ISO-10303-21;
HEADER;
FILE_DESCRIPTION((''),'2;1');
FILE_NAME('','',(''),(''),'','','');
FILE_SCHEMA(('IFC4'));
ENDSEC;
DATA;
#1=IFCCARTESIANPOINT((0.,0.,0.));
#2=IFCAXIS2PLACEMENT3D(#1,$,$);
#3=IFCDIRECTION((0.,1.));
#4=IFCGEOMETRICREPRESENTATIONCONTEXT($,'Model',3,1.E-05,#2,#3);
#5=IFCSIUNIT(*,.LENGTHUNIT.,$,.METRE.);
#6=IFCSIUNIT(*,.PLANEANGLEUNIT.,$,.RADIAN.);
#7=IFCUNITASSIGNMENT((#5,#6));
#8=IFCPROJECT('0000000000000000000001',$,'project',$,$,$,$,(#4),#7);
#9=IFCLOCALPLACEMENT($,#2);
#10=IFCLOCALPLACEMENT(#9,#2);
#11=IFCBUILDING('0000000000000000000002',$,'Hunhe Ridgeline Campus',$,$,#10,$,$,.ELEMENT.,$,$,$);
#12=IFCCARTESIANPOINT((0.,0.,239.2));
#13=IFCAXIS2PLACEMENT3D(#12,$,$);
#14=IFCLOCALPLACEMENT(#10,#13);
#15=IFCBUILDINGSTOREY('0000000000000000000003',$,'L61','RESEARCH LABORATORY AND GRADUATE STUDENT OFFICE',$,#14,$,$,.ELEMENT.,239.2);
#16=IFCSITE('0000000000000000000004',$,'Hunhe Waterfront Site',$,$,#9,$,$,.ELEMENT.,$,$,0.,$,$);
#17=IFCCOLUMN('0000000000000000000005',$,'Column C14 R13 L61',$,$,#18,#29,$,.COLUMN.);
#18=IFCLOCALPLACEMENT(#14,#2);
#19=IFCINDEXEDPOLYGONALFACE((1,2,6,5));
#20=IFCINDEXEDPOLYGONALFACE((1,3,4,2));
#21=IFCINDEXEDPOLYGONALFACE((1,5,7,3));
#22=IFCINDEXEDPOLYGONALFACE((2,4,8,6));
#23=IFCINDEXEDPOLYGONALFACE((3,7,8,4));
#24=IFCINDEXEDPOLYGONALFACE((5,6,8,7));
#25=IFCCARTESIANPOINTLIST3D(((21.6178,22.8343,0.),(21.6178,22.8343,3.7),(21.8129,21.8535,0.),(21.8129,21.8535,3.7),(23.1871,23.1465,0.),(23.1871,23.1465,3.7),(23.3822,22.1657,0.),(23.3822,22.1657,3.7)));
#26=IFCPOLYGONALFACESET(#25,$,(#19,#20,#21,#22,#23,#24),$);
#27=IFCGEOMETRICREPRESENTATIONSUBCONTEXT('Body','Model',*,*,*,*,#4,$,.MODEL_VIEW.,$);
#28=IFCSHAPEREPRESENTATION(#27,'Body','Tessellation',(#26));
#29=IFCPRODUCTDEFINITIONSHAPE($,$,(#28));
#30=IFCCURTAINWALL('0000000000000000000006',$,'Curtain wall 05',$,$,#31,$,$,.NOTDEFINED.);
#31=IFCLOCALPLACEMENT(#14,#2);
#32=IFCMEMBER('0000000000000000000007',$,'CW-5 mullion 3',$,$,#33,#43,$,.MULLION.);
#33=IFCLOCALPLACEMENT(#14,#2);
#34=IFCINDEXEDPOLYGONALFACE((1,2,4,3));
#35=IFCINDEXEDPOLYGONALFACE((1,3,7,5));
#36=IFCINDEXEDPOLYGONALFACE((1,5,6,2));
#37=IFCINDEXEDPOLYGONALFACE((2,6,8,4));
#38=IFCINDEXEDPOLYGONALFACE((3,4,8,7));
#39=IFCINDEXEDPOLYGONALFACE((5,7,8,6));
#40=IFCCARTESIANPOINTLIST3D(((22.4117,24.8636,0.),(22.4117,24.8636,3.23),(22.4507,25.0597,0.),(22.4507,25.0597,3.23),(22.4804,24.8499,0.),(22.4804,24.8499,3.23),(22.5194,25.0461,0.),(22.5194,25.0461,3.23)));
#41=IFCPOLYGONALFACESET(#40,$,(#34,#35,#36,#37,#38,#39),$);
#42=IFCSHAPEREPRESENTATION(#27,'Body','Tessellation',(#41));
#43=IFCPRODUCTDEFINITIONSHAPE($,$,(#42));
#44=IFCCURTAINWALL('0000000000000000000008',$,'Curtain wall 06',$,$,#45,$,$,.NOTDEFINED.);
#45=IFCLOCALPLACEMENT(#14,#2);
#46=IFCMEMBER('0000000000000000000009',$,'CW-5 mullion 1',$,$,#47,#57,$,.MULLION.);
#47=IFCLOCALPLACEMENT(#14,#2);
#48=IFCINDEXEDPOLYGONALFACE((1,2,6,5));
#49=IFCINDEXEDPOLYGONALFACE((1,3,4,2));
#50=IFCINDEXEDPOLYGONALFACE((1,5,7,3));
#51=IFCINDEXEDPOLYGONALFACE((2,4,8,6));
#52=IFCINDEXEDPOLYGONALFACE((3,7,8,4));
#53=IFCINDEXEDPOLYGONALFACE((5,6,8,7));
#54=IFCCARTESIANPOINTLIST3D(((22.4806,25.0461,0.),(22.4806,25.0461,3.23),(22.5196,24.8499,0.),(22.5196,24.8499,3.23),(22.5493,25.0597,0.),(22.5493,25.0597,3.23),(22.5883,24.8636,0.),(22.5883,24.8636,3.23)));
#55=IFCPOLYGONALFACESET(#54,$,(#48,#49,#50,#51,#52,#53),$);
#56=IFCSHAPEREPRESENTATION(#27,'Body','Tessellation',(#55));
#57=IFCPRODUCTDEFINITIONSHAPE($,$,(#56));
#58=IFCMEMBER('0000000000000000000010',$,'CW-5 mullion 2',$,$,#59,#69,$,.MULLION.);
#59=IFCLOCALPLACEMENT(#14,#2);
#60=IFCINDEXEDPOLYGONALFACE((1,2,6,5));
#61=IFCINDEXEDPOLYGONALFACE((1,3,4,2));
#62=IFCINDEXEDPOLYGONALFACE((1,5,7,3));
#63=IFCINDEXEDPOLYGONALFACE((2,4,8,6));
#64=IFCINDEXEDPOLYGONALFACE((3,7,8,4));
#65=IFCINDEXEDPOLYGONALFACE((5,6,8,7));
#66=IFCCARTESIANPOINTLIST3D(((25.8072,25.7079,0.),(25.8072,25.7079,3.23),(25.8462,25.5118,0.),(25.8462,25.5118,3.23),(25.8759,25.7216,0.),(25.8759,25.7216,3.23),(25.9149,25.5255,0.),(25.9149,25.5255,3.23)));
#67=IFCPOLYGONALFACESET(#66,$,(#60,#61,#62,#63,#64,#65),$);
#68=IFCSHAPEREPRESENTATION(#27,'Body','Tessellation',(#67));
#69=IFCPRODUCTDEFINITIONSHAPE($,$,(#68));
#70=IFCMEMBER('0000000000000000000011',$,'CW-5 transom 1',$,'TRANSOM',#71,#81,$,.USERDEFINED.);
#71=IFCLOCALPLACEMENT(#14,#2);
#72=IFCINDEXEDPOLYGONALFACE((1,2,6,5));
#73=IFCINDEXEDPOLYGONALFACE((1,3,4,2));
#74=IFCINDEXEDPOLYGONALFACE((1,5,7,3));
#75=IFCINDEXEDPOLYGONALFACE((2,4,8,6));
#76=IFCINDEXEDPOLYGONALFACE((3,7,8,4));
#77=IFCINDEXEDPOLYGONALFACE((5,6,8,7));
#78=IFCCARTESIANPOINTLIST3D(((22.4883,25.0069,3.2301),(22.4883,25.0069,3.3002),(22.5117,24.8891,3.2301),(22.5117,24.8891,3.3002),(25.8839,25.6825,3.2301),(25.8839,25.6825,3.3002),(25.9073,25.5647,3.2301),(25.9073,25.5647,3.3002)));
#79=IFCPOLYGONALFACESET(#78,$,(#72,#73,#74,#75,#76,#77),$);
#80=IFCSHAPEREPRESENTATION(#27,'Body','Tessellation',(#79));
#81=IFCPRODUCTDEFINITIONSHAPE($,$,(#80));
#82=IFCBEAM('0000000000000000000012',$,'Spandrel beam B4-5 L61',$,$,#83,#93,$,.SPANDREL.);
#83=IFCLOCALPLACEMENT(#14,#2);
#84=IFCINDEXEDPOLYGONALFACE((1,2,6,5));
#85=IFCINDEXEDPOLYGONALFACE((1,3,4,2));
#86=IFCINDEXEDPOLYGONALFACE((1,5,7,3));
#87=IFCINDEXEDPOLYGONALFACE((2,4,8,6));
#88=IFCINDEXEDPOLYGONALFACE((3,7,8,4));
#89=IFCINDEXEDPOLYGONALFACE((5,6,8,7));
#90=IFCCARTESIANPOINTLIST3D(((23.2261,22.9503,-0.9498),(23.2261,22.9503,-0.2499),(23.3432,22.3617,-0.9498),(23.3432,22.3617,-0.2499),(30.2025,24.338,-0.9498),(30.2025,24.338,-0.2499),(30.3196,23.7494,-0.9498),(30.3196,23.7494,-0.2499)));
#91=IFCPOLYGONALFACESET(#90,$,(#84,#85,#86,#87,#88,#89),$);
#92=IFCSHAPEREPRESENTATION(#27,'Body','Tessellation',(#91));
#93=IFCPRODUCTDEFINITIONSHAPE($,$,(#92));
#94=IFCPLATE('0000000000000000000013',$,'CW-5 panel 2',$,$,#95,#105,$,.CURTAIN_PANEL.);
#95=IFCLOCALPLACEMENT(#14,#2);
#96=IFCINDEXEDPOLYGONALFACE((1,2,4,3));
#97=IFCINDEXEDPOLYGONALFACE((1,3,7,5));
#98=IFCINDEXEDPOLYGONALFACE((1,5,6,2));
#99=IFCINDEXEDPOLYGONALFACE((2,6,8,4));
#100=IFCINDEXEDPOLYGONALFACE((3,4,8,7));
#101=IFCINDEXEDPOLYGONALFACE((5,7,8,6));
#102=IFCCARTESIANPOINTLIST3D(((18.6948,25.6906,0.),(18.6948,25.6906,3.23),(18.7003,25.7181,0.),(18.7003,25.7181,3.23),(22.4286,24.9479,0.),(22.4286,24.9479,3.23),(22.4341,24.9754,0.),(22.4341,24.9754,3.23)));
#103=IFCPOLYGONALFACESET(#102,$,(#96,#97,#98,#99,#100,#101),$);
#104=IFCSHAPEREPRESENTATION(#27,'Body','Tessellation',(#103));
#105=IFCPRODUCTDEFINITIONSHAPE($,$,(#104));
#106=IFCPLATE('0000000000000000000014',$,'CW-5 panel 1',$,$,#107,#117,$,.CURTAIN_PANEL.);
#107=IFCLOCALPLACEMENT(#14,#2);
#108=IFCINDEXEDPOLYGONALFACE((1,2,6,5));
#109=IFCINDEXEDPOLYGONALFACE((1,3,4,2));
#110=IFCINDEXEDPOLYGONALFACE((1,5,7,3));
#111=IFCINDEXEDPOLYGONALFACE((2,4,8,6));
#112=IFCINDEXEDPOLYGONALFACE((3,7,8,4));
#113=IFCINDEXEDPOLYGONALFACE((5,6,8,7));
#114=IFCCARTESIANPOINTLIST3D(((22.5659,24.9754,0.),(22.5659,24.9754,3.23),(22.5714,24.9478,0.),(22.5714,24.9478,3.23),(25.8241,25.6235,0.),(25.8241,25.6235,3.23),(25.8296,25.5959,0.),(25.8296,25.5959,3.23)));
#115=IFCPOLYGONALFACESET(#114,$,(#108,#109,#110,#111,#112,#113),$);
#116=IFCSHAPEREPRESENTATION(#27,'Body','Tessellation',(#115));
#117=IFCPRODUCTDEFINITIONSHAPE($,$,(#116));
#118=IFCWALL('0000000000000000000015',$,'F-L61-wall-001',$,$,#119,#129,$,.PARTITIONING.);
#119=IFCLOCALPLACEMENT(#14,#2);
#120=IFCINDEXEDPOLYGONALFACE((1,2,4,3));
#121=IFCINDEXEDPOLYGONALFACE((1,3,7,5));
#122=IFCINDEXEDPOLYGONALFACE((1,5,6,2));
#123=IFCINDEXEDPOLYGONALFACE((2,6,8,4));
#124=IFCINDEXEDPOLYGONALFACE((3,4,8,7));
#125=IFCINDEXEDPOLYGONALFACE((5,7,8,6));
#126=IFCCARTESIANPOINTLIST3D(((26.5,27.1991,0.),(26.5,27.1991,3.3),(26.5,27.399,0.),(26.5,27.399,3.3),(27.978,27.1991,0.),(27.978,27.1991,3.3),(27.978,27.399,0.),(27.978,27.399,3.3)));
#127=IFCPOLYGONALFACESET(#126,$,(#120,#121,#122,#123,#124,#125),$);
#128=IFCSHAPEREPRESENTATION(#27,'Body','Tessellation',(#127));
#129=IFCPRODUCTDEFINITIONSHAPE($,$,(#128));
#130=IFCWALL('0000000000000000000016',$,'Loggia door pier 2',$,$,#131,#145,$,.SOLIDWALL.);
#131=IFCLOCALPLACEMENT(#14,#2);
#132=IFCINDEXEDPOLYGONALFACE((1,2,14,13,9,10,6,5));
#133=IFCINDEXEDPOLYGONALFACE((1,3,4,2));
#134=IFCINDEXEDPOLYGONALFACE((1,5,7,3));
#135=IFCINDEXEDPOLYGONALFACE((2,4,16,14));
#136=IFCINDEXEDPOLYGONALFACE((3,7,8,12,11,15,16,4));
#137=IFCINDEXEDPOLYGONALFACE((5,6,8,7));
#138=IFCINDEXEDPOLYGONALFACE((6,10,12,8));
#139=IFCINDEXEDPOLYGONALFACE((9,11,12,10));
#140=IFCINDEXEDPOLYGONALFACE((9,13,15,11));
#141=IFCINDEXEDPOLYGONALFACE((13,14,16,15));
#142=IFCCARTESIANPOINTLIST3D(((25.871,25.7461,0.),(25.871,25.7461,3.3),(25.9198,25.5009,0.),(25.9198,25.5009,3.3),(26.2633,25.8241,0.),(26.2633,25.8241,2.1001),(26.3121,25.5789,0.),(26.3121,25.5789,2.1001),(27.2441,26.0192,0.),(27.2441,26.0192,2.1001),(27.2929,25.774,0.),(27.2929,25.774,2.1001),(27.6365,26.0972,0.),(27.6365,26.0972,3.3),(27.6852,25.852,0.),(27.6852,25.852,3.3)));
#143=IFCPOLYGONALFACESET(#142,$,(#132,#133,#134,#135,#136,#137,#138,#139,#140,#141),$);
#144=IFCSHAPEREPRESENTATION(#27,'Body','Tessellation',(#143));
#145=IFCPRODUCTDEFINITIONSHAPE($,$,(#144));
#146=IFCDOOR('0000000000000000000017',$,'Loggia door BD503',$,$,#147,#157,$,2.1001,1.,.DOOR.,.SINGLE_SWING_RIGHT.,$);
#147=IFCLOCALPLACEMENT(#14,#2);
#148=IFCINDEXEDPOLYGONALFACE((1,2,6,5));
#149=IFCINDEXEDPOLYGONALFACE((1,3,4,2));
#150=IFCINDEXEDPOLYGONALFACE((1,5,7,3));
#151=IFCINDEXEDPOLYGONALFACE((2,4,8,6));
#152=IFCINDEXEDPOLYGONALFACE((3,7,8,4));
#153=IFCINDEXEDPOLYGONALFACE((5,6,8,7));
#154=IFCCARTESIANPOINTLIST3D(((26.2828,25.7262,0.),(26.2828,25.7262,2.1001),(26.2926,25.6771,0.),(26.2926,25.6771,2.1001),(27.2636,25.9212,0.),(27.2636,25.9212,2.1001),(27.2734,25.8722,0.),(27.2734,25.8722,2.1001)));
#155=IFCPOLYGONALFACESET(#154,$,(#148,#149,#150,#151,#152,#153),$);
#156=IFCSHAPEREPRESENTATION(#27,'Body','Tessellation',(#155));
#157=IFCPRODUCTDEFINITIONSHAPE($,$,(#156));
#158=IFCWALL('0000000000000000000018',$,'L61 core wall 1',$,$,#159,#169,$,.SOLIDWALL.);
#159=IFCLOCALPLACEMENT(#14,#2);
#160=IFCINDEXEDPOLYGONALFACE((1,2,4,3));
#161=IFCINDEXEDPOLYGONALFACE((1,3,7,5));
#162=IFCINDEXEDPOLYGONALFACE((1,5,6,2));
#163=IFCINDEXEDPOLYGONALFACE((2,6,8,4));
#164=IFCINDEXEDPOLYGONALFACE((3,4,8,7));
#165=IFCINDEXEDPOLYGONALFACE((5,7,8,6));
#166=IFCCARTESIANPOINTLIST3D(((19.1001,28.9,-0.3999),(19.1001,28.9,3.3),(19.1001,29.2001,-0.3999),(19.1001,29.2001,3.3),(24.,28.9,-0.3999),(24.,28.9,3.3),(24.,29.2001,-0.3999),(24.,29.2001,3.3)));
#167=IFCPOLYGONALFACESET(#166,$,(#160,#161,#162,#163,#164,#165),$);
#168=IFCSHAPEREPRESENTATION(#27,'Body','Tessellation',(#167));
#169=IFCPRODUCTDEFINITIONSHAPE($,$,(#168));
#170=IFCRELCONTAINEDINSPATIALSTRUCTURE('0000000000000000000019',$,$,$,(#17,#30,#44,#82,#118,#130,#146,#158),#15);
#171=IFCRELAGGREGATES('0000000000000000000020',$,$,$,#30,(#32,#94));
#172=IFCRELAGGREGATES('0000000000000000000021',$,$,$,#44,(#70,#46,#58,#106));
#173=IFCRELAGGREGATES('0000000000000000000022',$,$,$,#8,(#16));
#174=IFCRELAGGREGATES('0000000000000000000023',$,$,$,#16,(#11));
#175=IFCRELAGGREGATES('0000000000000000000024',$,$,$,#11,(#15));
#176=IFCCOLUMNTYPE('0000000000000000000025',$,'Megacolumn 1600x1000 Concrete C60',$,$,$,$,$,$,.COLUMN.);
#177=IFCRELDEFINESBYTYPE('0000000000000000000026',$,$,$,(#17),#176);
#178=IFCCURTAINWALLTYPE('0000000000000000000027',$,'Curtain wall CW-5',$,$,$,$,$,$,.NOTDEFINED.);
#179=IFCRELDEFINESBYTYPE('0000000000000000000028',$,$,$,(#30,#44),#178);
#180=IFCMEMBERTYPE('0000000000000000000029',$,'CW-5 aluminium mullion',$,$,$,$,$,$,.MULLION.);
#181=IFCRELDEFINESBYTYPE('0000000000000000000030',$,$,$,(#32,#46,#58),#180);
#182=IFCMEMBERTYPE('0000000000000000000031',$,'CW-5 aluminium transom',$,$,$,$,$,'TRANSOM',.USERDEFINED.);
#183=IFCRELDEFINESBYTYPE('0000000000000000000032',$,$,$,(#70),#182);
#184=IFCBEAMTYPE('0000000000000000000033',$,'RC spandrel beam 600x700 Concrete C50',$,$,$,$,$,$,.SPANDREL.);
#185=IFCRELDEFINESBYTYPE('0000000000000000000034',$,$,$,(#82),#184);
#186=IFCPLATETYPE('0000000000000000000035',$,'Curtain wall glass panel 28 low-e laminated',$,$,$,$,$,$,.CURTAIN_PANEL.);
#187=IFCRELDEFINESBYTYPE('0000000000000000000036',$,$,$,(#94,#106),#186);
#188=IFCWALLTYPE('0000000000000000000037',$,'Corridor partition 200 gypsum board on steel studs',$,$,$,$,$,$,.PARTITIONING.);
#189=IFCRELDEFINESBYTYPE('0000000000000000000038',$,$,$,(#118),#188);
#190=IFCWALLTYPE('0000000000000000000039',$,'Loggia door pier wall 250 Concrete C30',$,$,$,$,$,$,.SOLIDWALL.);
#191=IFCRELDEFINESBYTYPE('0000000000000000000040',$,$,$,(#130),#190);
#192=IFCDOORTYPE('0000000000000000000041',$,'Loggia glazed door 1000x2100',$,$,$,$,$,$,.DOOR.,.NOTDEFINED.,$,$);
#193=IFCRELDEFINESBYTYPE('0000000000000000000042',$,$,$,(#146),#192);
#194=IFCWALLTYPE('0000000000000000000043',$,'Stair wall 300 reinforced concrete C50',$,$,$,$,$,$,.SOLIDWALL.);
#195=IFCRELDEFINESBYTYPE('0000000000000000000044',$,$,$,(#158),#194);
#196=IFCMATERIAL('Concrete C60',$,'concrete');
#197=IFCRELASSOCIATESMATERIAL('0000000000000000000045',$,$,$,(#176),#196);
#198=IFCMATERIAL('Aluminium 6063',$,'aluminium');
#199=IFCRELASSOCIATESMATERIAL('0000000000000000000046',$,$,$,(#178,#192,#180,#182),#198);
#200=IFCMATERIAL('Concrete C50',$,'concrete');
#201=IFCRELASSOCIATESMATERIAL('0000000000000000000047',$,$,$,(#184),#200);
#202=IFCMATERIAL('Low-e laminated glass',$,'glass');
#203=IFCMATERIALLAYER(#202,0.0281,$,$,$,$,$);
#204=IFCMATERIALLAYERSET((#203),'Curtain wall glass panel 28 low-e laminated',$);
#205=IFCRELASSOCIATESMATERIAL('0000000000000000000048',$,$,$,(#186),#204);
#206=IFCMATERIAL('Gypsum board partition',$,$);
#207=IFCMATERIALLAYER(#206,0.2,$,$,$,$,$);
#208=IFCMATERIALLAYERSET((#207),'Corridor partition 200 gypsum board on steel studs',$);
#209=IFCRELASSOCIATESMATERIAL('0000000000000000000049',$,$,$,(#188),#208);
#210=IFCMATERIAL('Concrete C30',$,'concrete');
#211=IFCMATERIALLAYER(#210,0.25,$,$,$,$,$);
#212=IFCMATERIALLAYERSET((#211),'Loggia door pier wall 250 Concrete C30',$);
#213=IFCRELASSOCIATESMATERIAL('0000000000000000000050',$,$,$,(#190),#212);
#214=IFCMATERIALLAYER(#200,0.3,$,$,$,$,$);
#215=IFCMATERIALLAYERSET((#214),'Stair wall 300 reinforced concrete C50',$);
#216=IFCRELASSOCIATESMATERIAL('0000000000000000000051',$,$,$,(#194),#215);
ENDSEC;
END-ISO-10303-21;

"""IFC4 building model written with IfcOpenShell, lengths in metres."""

from ifc_helpers import new_model, si_unit, direction, frame, frame_2d, origin, origin_2d, place, context, subcontext, project, spatial, rectangle, extrude, material, layer, layer_set, material_profile, profile_set, type_object, element, fill, aggregate, save


model = new_model("IFC4")

# Units and contexts
model_context = context("Model", 3, precision=1e-05, world=origin(), true_north=direction((0.0, 1.0)))
body_context = subcontext(model_context, "Body", "Model", "MODEL_VIEW")
ifc_project = project(units=[si_unit("LENGTHUNIT", "METRE"), si_unit("PLANEANGLEUNIT", "RADIAN")], contexts=[model_context])

# Site, building, storey
site_placement = place(None, origin())
site = spatial("IfcSite", under=ifc_project, at=site_placement, Name="Hunhe Waterfront Site", CompositionType="ELEMENT", RefElevation=0.0)
building_placement = place(site_placement, origin())
building = spatial("IfcBuilding", under=site, at=building_placement, Name="Hunhe Ridgeline Campus", CompositionType="ELEMENT")
storey_placement = place(building_placement, frame((0.0, 0.0, 239.2)))
storey = spatial("IfcBuildingStorey", under=building, at=storey_placement, Name="L61", Description="RESEARCH LABORATORY AND GRADUATE STUDENT OFFICE", CompositionType="ELEMENT", Elevation=239.2)

# Column
ifc_material_1 = material(Name="Concrete C60", Category="concrete")
ifc_material_profile_1 = material_profile(ifc_material_1, rectangle(XDim=1.6001, YDim=1.0, at=origin_2d()))
ifc_profile_set_1 = profile_set([ifc_material_profile_1], Name="Concrete C60")
column_type = type_object("IfcColumnType", Name="Megacolumn 1600x1000 Concrete C60", PredefinedType="COLUMN", material=ifc_profile_set_1)
column_placement = place(storey_placement, frame((22.5, 22.5, 0.0), z_axis=(0.0, 0.0, 1.0), x_axis=(0.980785, 0.19509, 0.0)))
element("IfcColumn", 1, at=column_placement, inside=storey, type_object=column_type, Name="Column C14 R13 L61", PredefinedType="COLUMN", context=body_context, shape_type="SweptSolid", body=[
    extrude(rectangle(XDim=1.6001, YDim=1.0, at=origin_2d()), origin(), (0.0, 0.0, 1.0), 3.7),
])

# Curtain wall, member
ifc_material_2 = material(Name="Aluminium 6063", Category="aluminium")
curtain_wall_type = type_object("IfcCurtainWallType", Name="Curtain wall CW-5", PredefinedType="NOTDEFINED", material=ifc_material_2)
curtain_wall_1_placement = place(storey_placement, origin())
curtain_wall_1 = element("IfcCurtainWall", 2, at=curtain_wall_1_placement, inside=storey, type_object=curtain_wall_type, Name="Curtain wall 05", PredefinedType="NOTDEFINED")
ifc_material_profile_2 = material_profile(ifc_material_2, rectangle(XDim=0.2, YDim=0.0701, at=origin_2d()))
ifc_profile_set_2 = profile_set([ifc_material_profile_2], Name="Aluminium 6063")
member_type_1 = type_object("IfcMemberType", Name="CW-5 aluminium mullion", PredefinedType="MULLION", material=ifc_profile_set_2)
member_1_placement = place(storey_placement, frame((22.4656, 24.9548, 0.0), z_axis=(0.0, 0.0, 1.0), x_axis=(0.19509, 0.980785, 0.0)))
member_1 = element("IfcMember", 3, at=member_1_placement, type_object=member_type_1, Name="CW-5 mullion 3", PredefinedType="MULLION", context=body_context, shape_type="SweptSolid", body=[
    extrude(rectangle(XDim=0.2, YDim=0.0701, at=origin_2d()), origin(), (0.0, 0.0, 1.0), 3.23),
])

# Curtain wall, members
curtain_wall_2_placement = place(storey_placement, origin())
curtain_wall_2 = element("IfcCurtainWall", 4, at=curtain_wall_2_placement, inside=storey, type_object=curtain_wall_type, Name="Curtain wall 06", PredefinedType="NOTDEFINED")
member_2_placement = place(storey_placement, frame((22.5344, 24.9548, 0.0), z_axis=(0.0, 0.0, 1.0), x_axis=(-0.19509, 0.980785, 0.0)))
member_2 = element("IfcMember", 5, at=member_2_placement, type_object=member_type_1, Name="CW-5 mullion 1", PredefinedType="MULLION", context=body_context, shape_type="SweptSolid", body=[
    extrude(rectangle(XDim=0.2, YDim=0.0701, at=origin_2d()), origin(), (0.0, 0.0, 1.0), 3.23),
])
member_3_placement = place(storey_placement, frame((25.8611, 25.6167, 0.0), z_axis=(0.0, 0.0, 1.0), x_axis=(-0.19509, 0.980785, 0.0)))
member_3 = element("IfcMember", 6, at=member_3_placement, type_object=member_type_1, Name="CW-5 mullion 2", PredefinedType="MULLION", context=body_context, shape_type="SweptSolid", body=[
    extrude(rectangle(XDim=0.2, YDim=0.0701, at=origin_2d()), origin(), (0.0, 0.0, 1.0), 3.23),
])
ifc_material_profile_3 = material_profile(ifc_material_2, rectangle(XDim=0.1201, YDim=0.0701, at=origin_2d()))
ifc_profile_set_3 = profile_set([ifc_material_profile_3], Name="Aluminium 6063")
member_type_2 = type_object("IfcMemberType", Name="CW-5 aluminium transom", ElementType="TRANSOM", PredefinedType="USERDEFINED", material=ifc_profile_set_3)
member_4_placement = place(storey_placement, frame((22.5, 24.948, 3.2651), z_axis=(0.980778, 0.195126, 0.0), x_axis=(-0.195126, 0.980778, 0.0)))
member_4 = element("IfcMember", 7, at=member_4_placement, type_object=member_type_2, Name="CW-5 transom 1", ObjectType="TRANSOM", PredefinedType="USERDEFINED", context=body_context, shape_type="SweptSolid", body=[
    extrude(rectangle(XDim=0.1201, YDim=0.0701, at=origin_2d()), origin(), (0.0, 0.0, 1.0), 3.4622),
])

# Beam
ifc_material_3 = material(Name="Concrete C50", Category="concrete")
ifc_material_profile_4 = material_profile(ifc_material_3, rectangle(XDim=0.6001, YDim=0.7, at=origin_2d()))
ifc_profile_set_4 = profile_set([ifc_material_profile_4], Name="Concrete C50")
beam_type = type_object("IfcBeamType", Name="RC spandrel beam 600x700 Concrete C50", PredefinedType="SPANDREL", material=ifc_profile_set_4)
beam_placement = place(storey_placement, frame((23.2847, 22.656, -0.5999), z_axis=(0.980785, 0.195093, 0.0), x_axis=(-0.195093, 0.980785, 0.0)))
element("IfcBeam", 8, at=beam_placement, inside=storey, type_object=beam_type, Name="Spandrel beam B4-5 L61", PredefinedType="SPANDREL", context=body_context, shape_type="SweptSolid", body=[
    extrude(rectangle(XDim=0.6001, YDim=0.7, at=origin_2d()), origin(), (0.0, 0.0, 1.0), 7.113),
])

# Plates
ifc_material_4 = material(Name="Low-e laminated glass", Category="glass")
ifc_layer_1 = layer(ifc_material_4, 0.0281)
ifc_layer_set_1 = layer_set([ifc_layer_1], Name="Curtain wall glass panel 28 low-e laminated")
plate_type = type_object("IfcPlateType", Name="Curtain wall glass panel 28 low-e laminated", PredefinedType="CURTAIN_PANEL", material=ifc_layer_set_1)
plate_1_placement = place(storey_placement, frame((20.5645, 25.333, 0.0), z_axis=(0.0, 0.0, 1.0), x_axis=(0.980785, -0.19509, 0.0)))
plate_1 = element("IfcPlate", 9, at=plate_1_placement, type_object=plate_type, Name="CW-5 panel 2", PredefinedType="CURTAIN_PANEL", context=body_context, shape_type="SweptSolid", body=[
    extrude(rectangle(XDim=3.8069, YDim=0.0281, at=origin_2d()), origin(), (0.0, 0.0, 1.0), 3.23),
])
aggregate(curtain_wall_1, [member_1, plate_1])
plate_2_placement = place(storey_placement, frame((24.1978, 25.2856, 0.0), z_axis=(0.0, 0.0, 1.0), x_axis=(0.980785, 0.19509, 0.0)))
plate_2 = element("IfcPlate", 10, at=plate_2_placement, type_object=plate_type, Name="CW-5 panel 1", PredefinedType="CURTAIN_PANEL", context=body_context, shape_type="SweptSolid", body=[
    extrude(rectangle(XDim=3.322, YDim=0.0281, at=origin_2d()), origin(), (0.0, 0.0, 1.0), 3.23),
])
aggregate(curtain_wall_2, [member_4, member_2, member_3, plate_2])

# Wall
ifc_material_5 = material(Name="Gypsum board partition")
ifc_layer_2 = layer(ifc_material_5, 0.2)
ifc_layer_set_2 = layer_set([ifc_layer_2], Name="Corridor partition 200 gypsum board on steel studs")
wall_type_1 = type_object("IfcWallType", Name="Corridor partition 200 gypsum board on steel studs", PredefinedType="PARTITIONING", material=ifc_layer_set_2)
wall_1_placement = place(storey_placement, frame((26.5, 27.2991, 0.0), z_axis=(0.0, 0.0, 1.0), x_axis=(1.0, 0.0, 0.0)))
element("IfcWall", 11, at=wall_1_placement, inside=storey, type_object=wall_type_1, Name="F-L61-wall-001", PredefinedType="PARTITIONING", context=body_context, shape_type="SweptSolid", body=[
    extrude(rectangle(XDim=1.478, YDim=0.2, at=frame_2d((0.739, 0.0))), origin(), (0.0, 0.0, 1.0), 3.3),
])

# Wall, opening, door
ifc_material_6 = material(Name="Concrete C30", Category="concrete")
ifc_layer_3 = layer(ifc_material_6, 0.25)
ifc_layer_set_3 = layer_set([ifc_layer_3], Name="Loggia door pier wall 250 Concrete C30")
wall_type_2 = type_object("IfcWallType", Name="Loggia door pier wall 250 Concrete C30", PredefinedType="SOLIDWALL", material=ifc_layer_set_3)
wall_2_placement = place(storey_placement, frame((25.8955, 25.6235, 0.0), z_axis=(0.0, 0.0, 1.0), x_axis=(0.980794, 0.195047, 0.0)))
wall_2 = element("IfcWall", 12, at=wall_2_placement, inside=storey, type_object=wall_type_2, Name="Loggia door pier 2", PredefinedType="SOLIDWALL", context=body_context, shape_type="SweptSolid", body=[
    extrude(rectangle(XDim=1.8, YDim=0.25, at=frame_2d((0.8999, 0.0))), origin(), (0.0, 0.0, 1.0), 3.3),
])
opening_1_placement = place(wall_2_placement, frame((0.3999, 0.0, 0.0)))
opening_1 = element("IfcOpeningElement", 13, at=opening_1_placement, cuts=wall_2, PredefinedType="OPENING", context=body_context, shape_type="SweptSolid", body=[
    extrude(rectangle(XDim=1.0, YDim=2.1001, at=frame_2d((0.5, 1.05))), frame((0.0, 0.125, 0.0), z_axis=(0.0, -1.0, 0.0), x_axis=(1.0, 0.0, 0.0)), (0.0, 0.0, 1.0), 0.25),
])
door_type_1 = type_object("IfcDoorType", Name="Loggia glazed door 1000x2100", OperationType="NOTDEFINED", PredefinedType="DOOR", material=ifc_material_2)
door_1_placement = place(opening_1_placement, frame((1.0, 0.0, 0.0), z_axis=(0.0, 0.0, 1.0), x_axis=(-1.0, 0.0, 0.0)))
door_1 = element("IfcDoor", 14, at=door_1_placement, inside=storey, type_object=door_type_1, Name="Loggia door BD503", OperationType="SINGLE_SWING_RIGHT", OverallHeight=2.1001, OverallWidth=1.0, PredefinedType="DOOR", context=body_context, shape_type="SweptSolid", body=[
    extrude(rectangle(XDim=1.0, YDim=2.1001, at=frame_2d((0.5, 1.05))), frame((0.0, 0.0249, 0.0), z_axis=(0.0, -1.0, 0.0), x_axis=(1.0, 0.0, 0.0)), (0.0, 0.0, 1.0), 0.05),
])
fill(opening_1, door_1)

# Wall
ifc_layer_4 = layer(ifc_material_3, 0.3)
ifc_layer_set_4 = layer_set([ifc_layer_4], Name="Stair wall 300 reinforced concrete C50")
wall_type_3 = type_object("IfcWallType", Name="Stair wall 300 reinforced concrete C50", PredefinedType="SOLIDWALL", material=ifc_layer_set_4)
wall_3_placement = place(storey_placement, frame((19.1001, 29.05, -0.3999), z_axis=(0.0, 0.0, 1.0), x_axis=(1.0, 0.0, 0.0)))
element("IfcWall", 15, at=wall_3_placement, inside=storey, type_object=wall_type_3, Name="L61 core wall 1", PredefinedType="SOLIDWALL", context=body_context, shape_type="SweptSolid", body=[
    extrude(rectangle(XDim=4.8999, YDim=0.3, at=frame_2d((2.45, 0.0))), origin(), (0.0, 0.0, 1.0), 3.7),
])

save(model, "model.ifc")
